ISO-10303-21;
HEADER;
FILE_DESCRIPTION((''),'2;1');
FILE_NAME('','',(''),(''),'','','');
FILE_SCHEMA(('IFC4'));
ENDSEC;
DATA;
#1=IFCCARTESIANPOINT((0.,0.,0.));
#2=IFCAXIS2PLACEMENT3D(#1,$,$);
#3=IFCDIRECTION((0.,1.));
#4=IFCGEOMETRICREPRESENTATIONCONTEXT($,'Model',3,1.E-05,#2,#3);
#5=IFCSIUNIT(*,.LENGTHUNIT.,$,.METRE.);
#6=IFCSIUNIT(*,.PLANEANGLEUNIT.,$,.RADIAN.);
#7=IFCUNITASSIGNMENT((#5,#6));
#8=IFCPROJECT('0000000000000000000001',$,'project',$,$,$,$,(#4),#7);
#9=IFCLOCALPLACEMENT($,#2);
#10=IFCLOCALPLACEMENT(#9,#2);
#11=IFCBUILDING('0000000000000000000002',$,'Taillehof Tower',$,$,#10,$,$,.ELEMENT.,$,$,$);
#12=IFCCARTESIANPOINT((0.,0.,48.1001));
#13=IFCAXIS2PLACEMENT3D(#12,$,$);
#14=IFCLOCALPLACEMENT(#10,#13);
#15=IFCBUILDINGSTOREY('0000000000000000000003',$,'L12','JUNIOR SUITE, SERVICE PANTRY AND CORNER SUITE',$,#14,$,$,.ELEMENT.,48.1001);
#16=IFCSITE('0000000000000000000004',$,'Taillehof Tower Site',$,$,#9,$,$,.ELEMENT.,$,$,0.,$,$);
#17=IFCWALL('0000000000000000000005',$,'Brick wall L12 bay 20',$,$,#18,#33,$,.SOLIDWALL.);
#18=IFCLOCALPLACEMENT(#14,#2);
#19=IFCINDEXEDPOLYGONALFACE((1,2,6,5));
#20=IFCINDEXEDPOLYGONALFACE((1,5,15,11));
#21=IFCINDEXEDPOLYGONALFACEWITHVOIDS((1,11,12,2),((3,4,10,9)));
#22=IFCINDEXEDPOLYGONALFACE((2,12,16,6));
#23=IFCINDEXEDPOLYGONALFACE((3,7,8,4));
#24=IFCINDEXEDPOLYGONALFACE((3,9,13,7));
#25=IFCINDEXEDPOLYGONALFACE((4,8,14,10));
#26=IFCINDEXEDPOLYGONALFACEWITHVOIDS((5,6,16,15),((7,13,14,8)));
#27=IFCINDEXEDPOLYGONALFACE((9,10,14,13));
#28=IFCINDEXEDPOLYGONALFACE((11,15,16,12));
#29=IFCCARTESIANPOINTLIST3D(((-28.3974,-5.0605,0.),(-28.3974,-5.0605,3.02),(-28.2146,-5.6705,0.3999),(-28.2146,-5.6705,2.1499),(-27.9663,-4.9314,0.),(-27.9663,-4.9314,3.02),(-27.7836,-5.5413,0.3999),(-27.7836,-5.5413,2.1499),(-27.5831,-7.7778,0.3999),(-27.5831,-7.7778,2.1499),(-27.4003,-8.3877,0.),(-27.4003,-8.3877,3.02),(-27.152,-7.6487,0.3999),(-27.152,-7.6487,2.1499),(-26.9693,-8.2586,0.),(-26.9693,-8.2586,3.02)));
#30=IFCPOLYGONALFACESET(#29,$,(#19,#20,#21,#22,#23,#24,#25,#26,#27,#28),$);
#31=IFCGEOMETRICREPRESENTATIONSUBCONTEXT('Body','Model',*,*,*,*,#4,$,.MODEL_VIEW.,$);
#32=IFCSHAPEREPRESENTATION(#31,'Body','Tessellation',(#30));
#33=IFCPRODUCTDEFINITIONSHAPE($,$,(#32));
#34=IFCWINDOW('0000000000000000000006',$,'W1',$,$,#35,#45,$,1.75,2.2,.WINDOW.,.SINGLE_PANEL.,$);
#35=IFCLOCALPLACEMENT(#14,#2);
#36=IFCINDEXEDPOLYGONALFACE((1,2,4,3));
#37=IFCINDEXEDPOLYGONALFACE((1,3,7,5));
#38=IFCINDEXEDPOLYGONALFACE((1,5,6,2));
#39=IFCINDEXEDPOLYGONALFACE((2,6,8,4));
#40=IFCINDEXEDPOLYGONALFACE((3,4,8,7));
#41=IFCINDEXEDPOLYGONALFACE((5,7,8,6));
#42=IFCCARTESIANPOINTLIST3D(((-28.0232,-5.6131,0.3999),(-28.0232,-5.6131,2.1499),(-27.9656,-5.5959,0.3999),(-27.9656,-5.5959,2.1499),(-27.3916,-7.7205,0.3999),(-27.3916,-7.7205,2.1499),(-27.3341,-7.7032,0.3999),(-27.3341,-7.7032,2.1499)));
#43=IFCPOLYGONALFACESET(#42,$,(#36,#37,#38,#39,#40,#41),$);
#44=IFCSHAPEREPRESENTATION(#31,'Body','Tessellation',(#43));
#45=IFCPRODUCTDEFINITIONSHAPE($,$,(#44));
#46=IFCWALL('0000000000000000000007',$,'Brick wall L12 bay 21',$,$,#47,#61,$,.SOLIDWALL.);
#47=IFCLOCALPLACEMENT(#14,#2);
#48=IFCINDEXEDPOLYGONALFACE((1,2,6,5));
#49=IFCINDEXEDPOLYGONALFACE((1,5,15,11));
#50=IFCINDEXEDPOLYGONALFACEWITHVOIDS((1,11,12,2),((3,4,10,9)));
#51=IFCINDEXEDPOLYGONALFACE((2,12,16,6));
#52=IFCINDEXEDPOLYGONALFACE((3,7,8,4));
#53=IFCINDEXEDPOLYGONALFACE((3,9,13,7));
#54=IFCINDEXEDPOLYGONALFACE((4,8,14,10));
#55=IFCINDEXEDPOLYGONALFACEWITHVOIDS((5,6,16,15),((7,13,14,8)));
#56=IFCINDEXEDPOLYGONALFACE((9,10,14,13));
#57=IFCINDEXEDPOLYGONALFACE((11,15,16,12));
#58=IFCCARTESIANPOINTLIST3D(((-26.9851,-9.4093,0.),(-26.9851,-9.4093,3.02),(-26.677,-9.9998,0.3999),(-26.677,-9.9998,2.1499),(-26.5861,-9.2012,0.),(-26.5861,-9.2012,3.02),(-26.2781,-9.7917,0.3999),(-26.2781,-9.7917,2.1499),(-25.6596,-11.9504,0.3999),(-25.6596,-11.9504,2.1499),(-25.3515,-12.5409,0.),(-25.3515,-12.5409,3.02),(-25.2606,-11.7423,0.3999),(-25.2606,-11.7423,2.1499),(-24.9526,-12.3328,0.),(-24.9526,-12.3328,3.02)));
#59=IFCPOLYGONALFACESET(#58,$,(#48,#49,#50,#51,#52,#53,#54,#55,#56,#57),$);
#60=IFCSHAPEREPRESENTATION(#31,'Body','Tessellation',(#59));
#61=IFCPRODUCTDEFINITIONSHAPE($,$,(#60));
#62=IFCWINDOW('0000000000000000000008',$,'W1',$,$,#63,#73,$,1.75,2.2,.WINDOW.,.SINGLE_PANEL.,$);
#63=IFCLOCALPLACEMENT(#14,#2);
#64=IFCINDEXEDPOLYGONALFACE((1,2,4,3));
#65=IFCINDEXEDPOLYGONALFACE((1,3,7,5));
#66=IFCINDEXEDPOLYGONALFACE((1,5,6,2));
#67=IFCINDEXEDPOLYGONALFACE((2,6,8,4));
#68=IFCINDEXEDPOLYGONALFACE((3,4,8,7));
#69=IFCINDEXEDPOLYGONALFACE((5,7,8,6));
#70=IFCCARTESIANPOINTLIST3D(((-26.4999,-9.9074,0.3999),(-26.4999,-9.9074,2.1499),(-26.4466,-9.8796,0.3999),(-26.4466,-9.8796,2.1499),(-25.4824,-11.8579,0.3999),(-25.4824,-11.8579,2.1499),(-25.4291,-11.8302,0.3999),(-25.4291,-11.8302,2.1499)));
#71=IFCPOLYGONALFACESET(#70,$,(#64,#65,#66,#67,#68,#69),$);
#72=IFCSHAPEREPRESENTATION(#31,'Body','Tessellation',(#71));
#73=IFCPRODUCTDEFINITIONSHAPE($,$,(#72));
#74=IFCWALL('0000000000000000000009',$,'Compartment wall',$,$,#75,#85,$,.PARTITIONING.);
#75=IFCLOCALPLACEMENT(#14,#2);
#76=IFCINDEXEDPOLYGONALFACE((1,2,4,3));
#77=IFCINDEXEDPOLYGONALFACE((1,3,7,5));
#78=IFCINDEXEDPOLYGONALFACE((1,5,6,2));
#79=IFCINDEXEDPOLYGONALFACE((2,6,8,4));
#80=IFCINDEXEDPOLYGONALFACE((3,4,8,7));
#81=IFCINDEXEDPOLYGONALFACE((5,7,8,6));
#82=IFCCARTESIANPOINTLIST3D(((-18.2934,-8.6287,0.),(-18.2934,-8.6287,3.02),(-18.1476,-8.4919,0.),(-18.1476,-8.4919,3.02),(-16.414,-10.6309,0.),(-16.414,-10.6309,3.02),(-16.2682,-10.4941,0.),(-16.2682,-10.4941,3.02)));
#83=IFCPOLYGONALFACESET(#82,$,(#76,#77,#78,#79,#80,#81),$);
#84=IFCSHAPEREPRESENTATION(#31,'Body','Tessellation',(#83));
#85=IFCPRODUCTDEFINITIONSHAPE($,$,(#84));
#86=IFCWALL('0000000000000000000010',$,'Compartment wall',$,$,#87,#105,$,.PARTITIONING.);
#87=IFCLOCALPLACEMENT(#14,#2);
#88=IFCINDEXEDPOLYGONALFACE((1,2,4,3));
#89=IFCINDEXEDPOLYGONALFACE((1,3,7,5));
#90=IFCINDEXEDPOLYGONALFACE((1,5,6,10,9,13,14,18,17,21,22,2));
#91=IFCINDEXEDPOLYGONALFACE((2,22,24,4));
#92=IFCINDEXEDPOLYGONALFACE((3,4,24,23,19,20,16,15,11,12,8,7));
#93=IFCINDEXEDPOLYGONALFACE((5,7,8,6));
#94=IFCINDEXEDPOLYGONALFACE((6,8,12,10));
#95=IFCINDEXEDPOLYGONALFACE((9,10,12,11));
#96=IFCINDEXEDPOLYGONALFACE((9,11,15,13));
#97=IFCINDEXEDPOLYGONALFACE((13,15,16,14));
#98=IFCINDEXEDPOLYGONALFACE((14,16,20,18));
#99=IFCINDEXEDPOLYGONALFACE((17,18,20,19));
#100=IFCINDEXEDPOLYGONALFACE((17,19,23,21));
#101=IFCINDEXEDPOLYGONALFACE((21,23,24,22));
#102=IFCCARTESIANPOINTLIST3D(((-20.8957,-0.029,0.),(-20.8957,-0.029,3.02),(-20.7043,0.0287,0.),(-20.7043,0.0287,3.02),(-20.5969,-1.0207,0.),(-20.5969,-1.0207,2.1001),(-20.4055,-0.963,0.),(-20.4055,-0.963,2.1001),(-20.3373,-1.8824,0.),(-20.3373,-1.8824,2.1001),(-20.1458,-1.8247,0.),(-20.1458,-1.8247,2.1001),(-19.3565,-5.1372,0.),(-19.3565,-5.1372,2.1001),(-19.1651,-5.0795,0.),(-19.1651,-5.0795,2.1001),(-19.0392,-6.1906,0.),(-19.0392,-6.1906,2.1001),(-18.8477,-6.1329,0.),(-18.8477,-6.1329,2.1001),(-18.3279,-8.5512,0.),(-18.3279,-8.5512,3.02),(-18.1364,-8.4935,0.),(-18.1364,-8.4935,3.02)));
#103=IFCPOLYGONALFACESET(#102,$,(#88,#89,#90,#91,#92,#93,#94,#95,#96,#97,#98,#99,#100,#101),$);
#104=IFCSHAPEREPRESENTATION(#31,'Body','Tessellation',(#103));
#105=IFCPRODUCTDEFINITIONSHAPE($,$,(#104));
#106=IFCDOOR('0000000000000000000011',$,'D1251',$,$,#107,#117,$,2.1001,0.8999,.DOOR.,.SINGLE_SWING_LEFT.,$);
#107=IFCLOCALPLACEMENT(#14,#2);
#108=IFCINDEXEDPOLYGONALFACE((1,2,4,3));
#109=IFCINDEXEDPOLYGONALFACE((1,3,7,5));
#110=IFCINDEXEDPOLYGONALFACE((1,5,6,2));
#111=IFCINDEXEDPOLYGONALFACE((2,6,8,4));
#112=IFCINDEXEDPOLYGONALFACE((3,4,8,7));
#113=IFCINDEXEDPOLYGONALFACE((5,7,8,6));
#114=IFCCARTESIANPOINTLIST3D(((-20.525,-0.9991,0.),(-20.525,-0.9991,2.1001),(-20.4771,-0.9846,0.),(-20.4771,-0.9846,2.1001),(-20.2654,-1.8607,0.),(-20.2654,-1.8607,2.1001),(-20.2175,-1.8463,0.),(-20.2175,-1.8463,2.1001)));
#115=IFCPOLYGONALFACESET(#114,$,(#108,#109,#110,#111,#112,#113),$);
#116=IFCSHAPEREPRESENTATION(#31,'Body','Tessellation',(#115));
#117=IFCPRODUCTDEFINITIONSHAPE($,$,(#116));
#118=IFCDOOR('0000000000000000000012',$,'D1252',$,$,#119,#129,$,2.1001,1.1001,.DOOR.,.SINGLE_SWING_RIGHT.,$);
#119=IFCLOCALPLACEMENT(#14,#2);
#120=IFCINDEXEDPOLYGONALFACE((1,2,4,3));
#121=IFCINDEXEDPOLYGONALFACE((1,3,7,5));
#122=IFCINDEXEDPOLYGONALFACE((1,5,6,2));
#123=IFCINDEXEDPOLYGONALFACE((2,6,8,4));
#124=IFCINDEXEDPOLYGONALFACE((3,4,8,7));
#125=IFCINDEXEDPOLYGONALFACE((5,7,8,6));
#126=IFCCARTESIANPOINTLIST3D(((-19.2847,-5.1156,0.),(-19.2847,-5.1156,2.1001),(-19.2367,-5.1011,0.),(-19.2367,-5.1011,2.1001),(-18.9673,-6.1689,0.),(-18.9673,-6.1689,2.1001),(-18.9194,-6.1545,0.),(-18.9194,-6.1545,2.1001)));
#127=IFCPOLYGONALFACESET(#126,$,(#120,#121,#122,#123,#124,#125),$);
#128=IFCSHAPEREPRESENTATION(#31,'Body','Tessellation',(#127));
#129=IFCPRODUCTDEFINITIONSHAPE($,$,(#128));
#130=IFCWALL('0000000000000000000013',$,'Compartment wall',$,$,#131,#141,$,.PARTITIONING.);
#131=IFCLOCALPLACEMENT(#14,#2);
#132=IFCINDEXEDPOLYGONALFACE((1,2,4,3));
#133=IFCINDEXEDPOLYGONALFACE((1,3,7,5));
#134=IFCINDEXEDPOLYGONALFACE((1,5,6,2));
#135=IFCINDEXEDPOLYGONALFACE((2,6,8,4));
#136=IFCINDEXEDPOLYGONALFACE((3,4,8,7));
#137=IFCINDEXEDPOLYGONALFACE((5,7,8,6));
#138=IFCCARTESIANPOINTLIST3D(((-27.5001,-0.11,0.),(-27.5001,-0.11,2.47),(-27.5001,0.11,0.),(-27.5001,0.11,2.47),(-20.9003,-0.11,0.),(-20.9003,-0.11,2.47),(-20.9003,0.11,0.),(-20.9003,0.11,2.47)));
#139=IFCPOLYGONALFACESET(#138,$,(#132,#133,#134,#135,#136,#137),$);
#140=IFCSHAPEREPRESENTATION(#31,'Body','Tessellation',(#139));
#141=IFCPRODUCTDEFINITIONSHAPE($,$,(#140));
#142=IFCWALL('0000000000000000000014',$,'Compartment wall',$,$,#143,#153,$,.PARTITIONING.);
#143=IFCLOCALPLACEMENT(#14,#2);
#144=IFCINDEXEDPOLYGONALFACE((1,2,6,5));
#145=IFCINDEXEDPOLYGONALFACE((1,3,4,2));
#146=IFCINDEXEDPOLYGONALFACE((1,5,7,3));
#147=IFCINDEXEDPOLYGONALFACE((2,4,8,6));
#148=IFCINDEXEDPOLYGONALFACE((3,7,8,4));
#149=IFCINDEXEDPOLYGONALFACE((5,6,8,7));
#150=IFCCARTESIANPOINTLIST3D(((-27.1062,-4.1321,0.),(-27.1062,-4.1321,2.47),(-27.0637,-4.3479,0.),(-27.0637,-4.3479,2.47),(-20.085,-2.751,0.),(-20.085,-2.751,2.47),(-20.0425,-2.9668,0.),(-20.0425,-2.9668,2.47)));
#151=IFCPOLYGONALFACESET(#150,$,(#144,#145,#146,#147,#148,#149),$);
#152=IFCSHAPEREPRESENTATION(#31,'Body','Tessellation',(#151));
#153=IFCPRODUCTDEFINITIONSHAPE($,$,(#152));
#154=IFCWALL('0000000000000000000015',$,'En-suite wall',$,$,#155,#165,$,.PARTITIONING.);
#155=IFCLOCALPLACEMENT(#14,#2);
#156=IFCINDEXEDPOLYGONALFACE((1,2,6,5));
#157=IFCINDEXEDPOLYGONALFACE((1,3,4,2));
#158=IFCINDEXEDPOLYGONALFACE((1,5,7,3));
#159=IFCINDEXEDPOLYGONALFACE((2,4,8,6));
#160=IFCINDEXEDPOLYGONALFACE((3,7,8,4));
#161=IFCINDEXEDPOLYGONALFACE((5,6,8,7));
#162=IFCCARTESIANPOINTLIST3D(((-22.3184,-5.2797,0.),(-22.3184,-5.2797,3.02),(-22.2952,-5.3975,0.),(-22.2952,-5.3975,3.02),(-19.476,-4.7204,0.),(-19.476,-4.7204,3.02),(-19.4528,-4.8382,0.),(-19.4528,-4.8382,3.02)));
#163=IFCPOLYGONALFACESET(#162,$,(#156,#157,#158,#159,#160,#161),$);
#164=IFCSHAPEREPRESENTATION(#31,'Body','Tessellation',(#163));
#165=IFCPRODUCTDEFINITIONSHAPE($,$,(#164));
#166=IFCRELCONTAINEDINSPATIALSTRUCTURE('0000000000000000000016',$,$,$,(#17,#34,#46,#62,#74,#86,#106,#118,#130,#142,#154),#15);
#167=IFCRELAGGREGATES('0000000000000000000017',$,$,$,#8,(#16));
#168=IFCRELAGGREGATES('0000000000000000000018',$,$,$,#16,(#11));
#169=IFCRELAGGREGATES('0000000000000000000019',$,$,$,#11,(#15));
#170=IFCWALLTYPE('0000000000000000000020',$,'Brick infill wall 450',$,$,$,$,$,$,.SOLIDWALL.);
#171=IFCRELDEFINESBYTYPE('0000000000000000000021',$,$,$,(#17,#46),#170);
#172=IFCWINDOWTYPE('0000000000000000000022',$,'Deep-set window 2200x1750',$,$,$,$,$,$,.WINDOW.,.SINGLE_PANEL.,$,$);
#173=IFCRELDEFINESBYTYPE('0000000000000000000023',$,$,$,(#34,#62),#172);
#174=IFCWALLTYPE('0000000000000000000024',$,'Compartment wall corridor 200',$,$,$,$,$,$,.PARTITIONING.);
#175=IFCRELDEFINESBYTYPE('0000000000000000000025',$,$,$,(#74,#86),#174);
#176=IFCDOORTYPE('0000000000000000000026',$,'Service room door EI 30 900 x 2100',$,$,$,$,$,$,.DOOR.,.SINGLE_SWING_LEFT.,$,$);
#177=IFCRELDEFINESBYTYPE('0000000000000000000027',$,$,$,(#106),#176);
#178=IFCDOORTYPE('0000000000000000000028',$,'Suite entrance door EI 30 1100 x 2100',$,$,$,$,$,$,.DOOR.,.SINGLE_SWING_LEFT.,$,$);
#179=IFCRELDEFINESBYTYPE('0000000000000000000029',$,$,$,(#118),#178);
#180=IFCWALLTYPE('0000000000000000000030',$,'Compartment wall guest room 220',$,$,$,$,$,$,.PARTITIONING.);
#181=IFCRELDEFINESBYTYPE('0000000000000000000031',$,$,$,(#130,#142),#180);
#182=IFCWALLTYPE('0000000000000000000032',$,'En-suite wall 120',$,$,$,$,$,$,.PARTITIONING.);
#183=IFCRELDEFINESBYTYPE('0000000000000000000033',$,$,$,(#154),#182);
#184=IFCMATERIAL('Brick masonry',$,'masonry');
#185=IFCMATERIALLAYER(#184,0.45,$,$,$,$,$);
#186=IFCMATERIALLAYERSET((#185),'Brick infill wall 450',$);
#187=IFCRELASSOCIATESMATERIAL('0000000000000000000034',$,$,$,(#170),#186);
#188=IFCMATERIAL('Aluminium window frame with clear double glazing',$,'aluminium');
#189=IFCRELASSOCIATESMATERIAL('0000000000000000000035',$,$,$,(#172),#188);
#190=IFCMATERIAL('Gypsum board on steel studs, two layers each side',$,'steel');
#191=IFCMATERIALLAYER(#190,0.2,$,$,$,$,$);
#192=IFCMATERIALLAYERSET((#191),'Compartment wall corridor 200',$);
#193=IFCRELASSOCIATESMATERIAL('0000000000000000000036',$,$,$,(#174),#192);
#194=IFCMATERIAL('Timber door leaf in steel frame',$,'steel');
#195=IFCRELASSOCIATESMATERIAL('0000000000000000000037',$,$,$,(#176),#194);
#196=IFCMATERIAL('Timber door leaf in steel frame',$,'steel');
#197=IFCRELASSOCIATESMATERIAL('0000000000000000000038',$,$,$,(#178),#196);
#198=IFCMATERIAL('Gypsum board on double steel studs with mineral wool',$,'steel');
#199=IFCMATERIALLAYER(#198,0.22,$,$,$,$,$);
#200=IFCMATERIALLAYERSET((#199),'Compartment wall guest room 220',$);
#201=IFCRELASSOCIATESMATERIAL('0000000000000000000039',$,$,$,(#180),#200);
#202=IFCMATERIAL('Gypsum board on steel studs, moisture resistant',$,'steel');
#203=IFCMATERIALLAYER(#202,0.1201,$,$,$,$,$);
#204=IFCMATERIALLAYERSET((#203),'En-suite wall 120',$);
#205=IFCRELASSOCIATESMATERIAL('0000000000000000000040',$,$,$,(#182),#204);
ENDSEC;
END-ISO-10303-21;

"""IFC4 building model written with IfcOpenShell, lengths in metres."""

from ifc_helpers import new_model, si_unit, direction, frame, frame_2d, origin, place, context, subcontext, project, spatial, rectangle, extrude, material, layer, layer_set, type_object, element, fill, save


model = new_model("IFC4")

# Units and contexts
model_context = context("Model", 3, precision=1e-05, world=origin(), true_north=direction((0.0, 1.0)))
body_context = subcontext(model_context, "Body", "Model", "MODEL_VIEW")
ifc_project = project(units=[si_unit("LENGTHUNIT", "METRE"), si_unit("PLANEANGLEUNIT", "RADIAN")], contexts=[model_context])

# Site, building, storey
site_placement = place(None, origin())
site = spatial("IfcSite", under=ifc_project, at=site_placement, Name="Taillehof Tower Site", CompositionType="ELEMENT", RefElevation=0.0)
building_placement = place(site_placement, origin())
building = spatial("IfcBuilding", under=site, at=building_placement, Name="Taillehof Tower", CompositionType="ELEMENT")
storey_placement = place(building_placement, frame((0.0, 0.0, 48.1001)))
storey = spatial("IfcBuildingStorey", under=building, at=storey_placement, Name="L12", Description="JUNIOR SUITE, SERVICE PANTRY AND CORNER SUITE", CompositionType="ELEMENT", Elevation=48.1001)

# Walls, openings, windows
ifc_material_1 = material(Name="Brick masonry", Category="masonry")
ifc_layer_1 = layer(ifc_material_1, 0.45)
ifc_layer_set_1 = layer_set([ifc_layer_1], Name="Brick infill wall 450")
wall_type_1 = type_object("IfcWallType", Name="Brick infill wall 450", PredefinedType="SOLIDWALL", material=ifc_layer_set_1)
ifc_material_2 = material(Name="Aluminium window frame with clear double glazing", Category="aluminium")
window_type = type_object("IfcWindowType", Name="Deep-set window 2200x1750", PartitioningType="SINGLE_PANEL", PredefinedType="WINDOW", material=ifc_material_2)
wall_1_placement = place(storey_placement, frame((-28.1819, -4.9958, 0.0), z_axis=(0.0, 0.0, 1.0), x_axis=(0.287064, -0.957911, 0.0)))
wall_1 = element("IfcWall", 1, at=wall_1_placement, inside=storey, type_object=wall_type_1, Name="Brick wall L12 bay 20", PredefinedType="SOLIDWALL", context=body_context, shape_type="SweptSolid", body=[
    extrude(rectangle(XDim=3.4734, YDim=0.45, at=frame_2d((1.7368, 0.0))), origin(), (0.0, 0.0, 1.0), 3.02),
])
opening_1_placement = place(wall_1_placement, frame((0.6367, 0.0, 0.3999)))
opening_1 = element("IfcOpeningElement", 2, at=opening_1_placement, cuts=wall_1, PredefinedType="OPENING", context=body_context, shape_type="SweptSolid", body=[
    extrude(rectangle(XDim=2.2, YDim=1.75, at=frame_2d((1.1001, 0.875))), frame((0.0, 0.2349, 0.0), z_axis=(0.0, -1.0, 0.0), x_axis=(1.0, 0.0, 0.0)), (0.0, 0.0, 1.0), 0.47),
])
window_1_placement = place(opening_1_placement, origin())
window_1 = element("IfcWindow", 3, at=window_1_placement, inside=storey, type_object=window_type, Name="W1", OverallHeight=1.75, OverallWidth=2.2, PartitioningType="SINGLE_PANEL", PredefinedType="WINDOW", context=body_context, shape_type="SweptSolid", body=[
    extrude(rectangle(XDim=2.2, YDim=1.75, at=frame_2d((1.1001, 0.875))), frame((0.0, 0.0349, 0.0), z_axis=(0.0, -1.0, 0.0), x_axis=(1.0, 0.0, 0.0)), (0.0, 0.0, 1.0), 0.0601),
])
fill(opening_1, window_1)
wall_2_placement = place(storey_placement, frame((-26.7856, -9.3052, 0.0), z_axis=(0.0, 0.0, 1.0), x_axis=(0.462493, -0.886623, 0.0)))
wall_2 = element("IfcWall", 4, at=wall_2_placement, inside=storey, type_object=wall_type_1, Name="Brick wall L12 bay 21", PredefinedType="SOLIDWALL", context=body_context, shape_type="SweptSolid", body=[
    extrude(rectangle(XDim=3.532, YDim=0.45, at=frame_2d((1.7661, 0.0))), origin(), (0.0, 0.0, 1.0), 3.02),
])
opening_2_placement = place(wall_2_placement, frame((0.666, 0.0, 0.3999)))
opening_2 = element("IfcOpeningElement", 5, at=opening_2_placement, cuts=wall_2, PredefinedType="OPENING", context=body_context, shape_type="SweptSolid", body=[
    extrude(rectangle(XDim=2.2, YDim=1.75, at=frame_2d((1.1001, 0.875))), frame((0.0, 0.2349, 0.0), z_axis=(0.0, -1.0, 0.0), x_axis=(1.0, 0.0, 0.0)), (0.0, 0.0, 1.0), 0.47),
])
window_2_placement = place(opening_2_placement, origin())
window_2 = element("IfcWindow", 6, at=window_2_placement, inside=storey, type_object=window_type, Name="W1", OverallHeight=1.75, OverallWidth=2.2, PartitioningType="SINGLE_PANEL", PredefinedType="WINDOW", context=body_context, shape_type="SweptSolid", body=[
    extrude(rectangle(XDim=2.2, YDim=1.75, at=frame_2d((1.1001, 0.875))), frame((0.0, 0.0349, 0.0), z_axis=(0.0, -1.0, 0.0), x_axis=(1.0, 0.0, 0.0)), (0.0, 0.0, 1.0), 0.0601),
])
fill(opening_2, window_2)

# Wall
ifc_material_3 = material(Name="Gypsum board on steel studs, two layers each side", Category="steel")
ifc_layer_2 = layer(ifc_material_3, 0.2)
ifc_layer_set_2 = layer_set([ifc_layer_2], Name="Compartment wall corridor 200")
wall_type_2 = type_object("IfcWallType", Name="Compartment wall corridor 200", PredefinedType="PARTITIONING", material=ifc_layer_set_2)
wall_3_placement = place(storey_placement, frame((-16.3411, -10.5625, 0.0), z_axis=(0.0, 0.0, 1.0), x_axis=(-0.684393, 0.729113, 0.0)))
element("IfcWall", 7, at=wall_3_placement, inside=storey, type_object=wall_type_2, Name="Compartment wall", PredefinedType="PARTITIONING", context=body_context, shape_type="SweptSolid", body=[
    extrude(rectangle(XDim=2.7461, YDim=0.2, at=frame_2d((1.373, 0.0))), origin(), (0.0, 0.0, 1.0), 3.02),
])

# Wall, openings, doors
wall_4_placement = place(storey_placement, frame((-18.2322, -8.5222, 0.0), z_axis=(0.0, 0.0, 1.0), x_axis=(-0.288503, 0.957479, 0.0)))
wall_4 = element("IfcWall", 8, at=wall_4_placement, inside=storey, type_object=wall_type_2, Name="Compartment wall", PredefinedType="PARTITIONING", context=body_context, shape_type="SweptSolid", body=[
    extrude(rectangle(XDim=8.9006, YDim=0.2, at=frame_2d((4.4502, 0.0))), origin(), (0.0, 0.0, 1.0), 3.02),
])
opening_3_placement = place(wall_4_placement, frame((6.9648, 0.0, 0.0)))
opening_3 = element("IfcOpeningElement", 9, at=opening_3_placement, cuts=wall_4, PredefinedType="OPENING", context=body_context, shape_type="SweptSolid", body=[
    extrude(rectangle(XDim=0.8999, YDim=2.1001, at=frame_2d((0.45, 1.05))), frame((0.0, 0.1099, 0.0), z_axis=(0.0, -1.0, 0.0), x_axis=(1.0, 0.0, 0.0)), (0.0, 0.0, 1.0), 0.22),
])
opening_4_placement = place(wall_4_placement, frame((2.4653, 0.0, 0.0)))
opening_4 = element("IfcOpeningElement", 10, at=opening_4_placement, cuts=wall_4, PredefinedType="OPENING", context=body_context, shape_type="SweptSolid", body=[
    extrude(rectangle(XDim=1.1001, YDim=2.1001, at=frame_2d((0.55, 1.05))), frame((0.0, 0.1099, 0.0), z_axis=(0.0, -1.0, 0.0), x_axis=(1.0, 0.0, 0.0)), (0.0, 0.0, 1.0), 0.22),
])
ifc_material_4 = material(Name="Timber door leaf in steel frame", Category="steel")
door_type_1 = type_object("IfcDoorType", Name="Service room door EI 30 900 x 2100", OperationType="SINGLE_SWING_LEFT", PredefinedType="DOOR", material=ifc_material_4)
door_1_placement = place(opening_3_placement, origin())
door_1 = element("IfcDoor", 11, at=door_1_placement, inside=storey, type_object=door_type_1, Name="D1251", OperationType="SINGLE_SWING_LEFT", OverallHeight=2.1001, OverallWidth=0.8999, PredefinedType="DOOR", context=body_context, shape_type="SweptSolid", body=[
    extrude(rectangle(XDim=0.8999, YDim=2.1001, at=frame_2d((0.45, 1.05))), frame((0.0, 0.0249, 0.0), z_axis=(0.0, -1.0, 0.0), x_axis=(1.0, 0.0, 0.0)), (0.0, 0.0, 1.0), 0.05),
])
fill(opening_3, door_1)
ifc_material_5 = material(Name="Timber door leaf in steel frame", Category="steel")
door_type_2 = type_object("IfcDoorType", Name="Suite entrance door EI 30 1100 x 2100", OperationType="SINGLE_SWING_LEFT", PredefinedType="DOOR", material=ifc_material_5)
door_2_placement = place(opening_4_placement, origin())
door_2 = element("IfcDoor", 12, at=door_2_placement, inside=storey, type_object=door_type_2, Name="D1252", OperationType="SINGLE_SWING_RIGHT", OverallHeight=2.1001, OverallWidth=1.1001, PredefinedType="DOOR", context=body_context, shape_type="SweptSolid", body=[
    extrude(rectangle(XDim=1.1001, YDim=2.1001, at=frame_2d((0.55, 1.05))), frame((0.0, 0.0249, 0.0), z_axis=(0.0, -1.0, 0.0), x_axis=(1.0, 0.0, 0.0)), (0.0, 0.0, 1.0), 0.05),
])
fill(opening_4, door_2)

# Walls
ifc_material_6 = material(Name="Gypsum board on double steel studs with mineral wool", Category="steel")
ifc_layer_3 = layer(ifc_material_6, 0.22)
ifc_layer_set_3 = layer_set([ifc_layer_3], Name="Compartment wall guest room 220")
wall_type_3 = type_object("IfcWallType", Name="Compartment wall guest room 220", PredefinedType="PARTITIONING", material=ifc_layer_set_3)
wall_5_placement = place(storey_placement, frame((-27.5, 0.0, 0.0), z_axis=(0.0, 0.0, 1.0), x_axis=(1.0, 0.0, 0.0)))
element("IfcWall", 13, at=wall_5_placement, inside=storey, type_object=wall_type_3, Name="Compartment wall", PredefinedType="PARTITIONING", context=body_context, shape_type="SweptSolid", body=[
    extrude(rectangle(XDim=6.5999, YDim=0.22, at=frame_2d((3.2998, 0.0))), origin(), (0.0, 0.0, 1.0), 2.47),
])
wall_6_placement = place(storey_placement, frame((-27.085, -4.24, 0.0), z_axis=(0.0, 0.0, 1.0), x_axis=(0.981198, 0.193005, 0.0)))
element("IfcWall", 14, at=wall_6_placement, inside=storey, type_object=wall_type_3, Name="Compartment wall", PredefinedType="PARTITIONING", context=body_context, shape_type="SweptSolid", body=[
    extrude(rectangle(XDim=7.1558, YDim=0.22, at=frame_2d((3.5779, 0.0))), origin(), (0.0, 0.0, 1.0), 2.47),
])
ifc_material_7 = material(Name="Gypsum board on steel studs, moisture resistant", Category="steel")
ifc_layer_4 = layer(ifc_material_7, 0.1201)
ifc_layer_set_4 = layer_set([ifc_layer_4], Name="En-suite wall 120")
wall_type_4 = type_object("IfcWallType", Name="En-suite wall 120", PredefinedType="PARTITIONING", material=ifc_layer_set_4)
wall_7_placement = place(storey_placement, frame((-19.4644, -4.7793, 0.0), z_axis=(0.0, 0.0, 1.0), x_axis=(-0.981185, -0.193068, 0.0)))
element("IfcWall", 15, at=wall_7_placement, inside=storey, type_object=wall_type_4, Name="En-suite wall", PredefinedType="PARTITIONING", context=body_context, shape_type="SweptSolid", body=[
    extrude(rectangle(XDim=2.897, YDim=0.1201, at=frame_2d((1.4485, 0.0))), origin(), (0.0, 0.0, 1.0), 3.02),
])

save(model, "model.ifc")
